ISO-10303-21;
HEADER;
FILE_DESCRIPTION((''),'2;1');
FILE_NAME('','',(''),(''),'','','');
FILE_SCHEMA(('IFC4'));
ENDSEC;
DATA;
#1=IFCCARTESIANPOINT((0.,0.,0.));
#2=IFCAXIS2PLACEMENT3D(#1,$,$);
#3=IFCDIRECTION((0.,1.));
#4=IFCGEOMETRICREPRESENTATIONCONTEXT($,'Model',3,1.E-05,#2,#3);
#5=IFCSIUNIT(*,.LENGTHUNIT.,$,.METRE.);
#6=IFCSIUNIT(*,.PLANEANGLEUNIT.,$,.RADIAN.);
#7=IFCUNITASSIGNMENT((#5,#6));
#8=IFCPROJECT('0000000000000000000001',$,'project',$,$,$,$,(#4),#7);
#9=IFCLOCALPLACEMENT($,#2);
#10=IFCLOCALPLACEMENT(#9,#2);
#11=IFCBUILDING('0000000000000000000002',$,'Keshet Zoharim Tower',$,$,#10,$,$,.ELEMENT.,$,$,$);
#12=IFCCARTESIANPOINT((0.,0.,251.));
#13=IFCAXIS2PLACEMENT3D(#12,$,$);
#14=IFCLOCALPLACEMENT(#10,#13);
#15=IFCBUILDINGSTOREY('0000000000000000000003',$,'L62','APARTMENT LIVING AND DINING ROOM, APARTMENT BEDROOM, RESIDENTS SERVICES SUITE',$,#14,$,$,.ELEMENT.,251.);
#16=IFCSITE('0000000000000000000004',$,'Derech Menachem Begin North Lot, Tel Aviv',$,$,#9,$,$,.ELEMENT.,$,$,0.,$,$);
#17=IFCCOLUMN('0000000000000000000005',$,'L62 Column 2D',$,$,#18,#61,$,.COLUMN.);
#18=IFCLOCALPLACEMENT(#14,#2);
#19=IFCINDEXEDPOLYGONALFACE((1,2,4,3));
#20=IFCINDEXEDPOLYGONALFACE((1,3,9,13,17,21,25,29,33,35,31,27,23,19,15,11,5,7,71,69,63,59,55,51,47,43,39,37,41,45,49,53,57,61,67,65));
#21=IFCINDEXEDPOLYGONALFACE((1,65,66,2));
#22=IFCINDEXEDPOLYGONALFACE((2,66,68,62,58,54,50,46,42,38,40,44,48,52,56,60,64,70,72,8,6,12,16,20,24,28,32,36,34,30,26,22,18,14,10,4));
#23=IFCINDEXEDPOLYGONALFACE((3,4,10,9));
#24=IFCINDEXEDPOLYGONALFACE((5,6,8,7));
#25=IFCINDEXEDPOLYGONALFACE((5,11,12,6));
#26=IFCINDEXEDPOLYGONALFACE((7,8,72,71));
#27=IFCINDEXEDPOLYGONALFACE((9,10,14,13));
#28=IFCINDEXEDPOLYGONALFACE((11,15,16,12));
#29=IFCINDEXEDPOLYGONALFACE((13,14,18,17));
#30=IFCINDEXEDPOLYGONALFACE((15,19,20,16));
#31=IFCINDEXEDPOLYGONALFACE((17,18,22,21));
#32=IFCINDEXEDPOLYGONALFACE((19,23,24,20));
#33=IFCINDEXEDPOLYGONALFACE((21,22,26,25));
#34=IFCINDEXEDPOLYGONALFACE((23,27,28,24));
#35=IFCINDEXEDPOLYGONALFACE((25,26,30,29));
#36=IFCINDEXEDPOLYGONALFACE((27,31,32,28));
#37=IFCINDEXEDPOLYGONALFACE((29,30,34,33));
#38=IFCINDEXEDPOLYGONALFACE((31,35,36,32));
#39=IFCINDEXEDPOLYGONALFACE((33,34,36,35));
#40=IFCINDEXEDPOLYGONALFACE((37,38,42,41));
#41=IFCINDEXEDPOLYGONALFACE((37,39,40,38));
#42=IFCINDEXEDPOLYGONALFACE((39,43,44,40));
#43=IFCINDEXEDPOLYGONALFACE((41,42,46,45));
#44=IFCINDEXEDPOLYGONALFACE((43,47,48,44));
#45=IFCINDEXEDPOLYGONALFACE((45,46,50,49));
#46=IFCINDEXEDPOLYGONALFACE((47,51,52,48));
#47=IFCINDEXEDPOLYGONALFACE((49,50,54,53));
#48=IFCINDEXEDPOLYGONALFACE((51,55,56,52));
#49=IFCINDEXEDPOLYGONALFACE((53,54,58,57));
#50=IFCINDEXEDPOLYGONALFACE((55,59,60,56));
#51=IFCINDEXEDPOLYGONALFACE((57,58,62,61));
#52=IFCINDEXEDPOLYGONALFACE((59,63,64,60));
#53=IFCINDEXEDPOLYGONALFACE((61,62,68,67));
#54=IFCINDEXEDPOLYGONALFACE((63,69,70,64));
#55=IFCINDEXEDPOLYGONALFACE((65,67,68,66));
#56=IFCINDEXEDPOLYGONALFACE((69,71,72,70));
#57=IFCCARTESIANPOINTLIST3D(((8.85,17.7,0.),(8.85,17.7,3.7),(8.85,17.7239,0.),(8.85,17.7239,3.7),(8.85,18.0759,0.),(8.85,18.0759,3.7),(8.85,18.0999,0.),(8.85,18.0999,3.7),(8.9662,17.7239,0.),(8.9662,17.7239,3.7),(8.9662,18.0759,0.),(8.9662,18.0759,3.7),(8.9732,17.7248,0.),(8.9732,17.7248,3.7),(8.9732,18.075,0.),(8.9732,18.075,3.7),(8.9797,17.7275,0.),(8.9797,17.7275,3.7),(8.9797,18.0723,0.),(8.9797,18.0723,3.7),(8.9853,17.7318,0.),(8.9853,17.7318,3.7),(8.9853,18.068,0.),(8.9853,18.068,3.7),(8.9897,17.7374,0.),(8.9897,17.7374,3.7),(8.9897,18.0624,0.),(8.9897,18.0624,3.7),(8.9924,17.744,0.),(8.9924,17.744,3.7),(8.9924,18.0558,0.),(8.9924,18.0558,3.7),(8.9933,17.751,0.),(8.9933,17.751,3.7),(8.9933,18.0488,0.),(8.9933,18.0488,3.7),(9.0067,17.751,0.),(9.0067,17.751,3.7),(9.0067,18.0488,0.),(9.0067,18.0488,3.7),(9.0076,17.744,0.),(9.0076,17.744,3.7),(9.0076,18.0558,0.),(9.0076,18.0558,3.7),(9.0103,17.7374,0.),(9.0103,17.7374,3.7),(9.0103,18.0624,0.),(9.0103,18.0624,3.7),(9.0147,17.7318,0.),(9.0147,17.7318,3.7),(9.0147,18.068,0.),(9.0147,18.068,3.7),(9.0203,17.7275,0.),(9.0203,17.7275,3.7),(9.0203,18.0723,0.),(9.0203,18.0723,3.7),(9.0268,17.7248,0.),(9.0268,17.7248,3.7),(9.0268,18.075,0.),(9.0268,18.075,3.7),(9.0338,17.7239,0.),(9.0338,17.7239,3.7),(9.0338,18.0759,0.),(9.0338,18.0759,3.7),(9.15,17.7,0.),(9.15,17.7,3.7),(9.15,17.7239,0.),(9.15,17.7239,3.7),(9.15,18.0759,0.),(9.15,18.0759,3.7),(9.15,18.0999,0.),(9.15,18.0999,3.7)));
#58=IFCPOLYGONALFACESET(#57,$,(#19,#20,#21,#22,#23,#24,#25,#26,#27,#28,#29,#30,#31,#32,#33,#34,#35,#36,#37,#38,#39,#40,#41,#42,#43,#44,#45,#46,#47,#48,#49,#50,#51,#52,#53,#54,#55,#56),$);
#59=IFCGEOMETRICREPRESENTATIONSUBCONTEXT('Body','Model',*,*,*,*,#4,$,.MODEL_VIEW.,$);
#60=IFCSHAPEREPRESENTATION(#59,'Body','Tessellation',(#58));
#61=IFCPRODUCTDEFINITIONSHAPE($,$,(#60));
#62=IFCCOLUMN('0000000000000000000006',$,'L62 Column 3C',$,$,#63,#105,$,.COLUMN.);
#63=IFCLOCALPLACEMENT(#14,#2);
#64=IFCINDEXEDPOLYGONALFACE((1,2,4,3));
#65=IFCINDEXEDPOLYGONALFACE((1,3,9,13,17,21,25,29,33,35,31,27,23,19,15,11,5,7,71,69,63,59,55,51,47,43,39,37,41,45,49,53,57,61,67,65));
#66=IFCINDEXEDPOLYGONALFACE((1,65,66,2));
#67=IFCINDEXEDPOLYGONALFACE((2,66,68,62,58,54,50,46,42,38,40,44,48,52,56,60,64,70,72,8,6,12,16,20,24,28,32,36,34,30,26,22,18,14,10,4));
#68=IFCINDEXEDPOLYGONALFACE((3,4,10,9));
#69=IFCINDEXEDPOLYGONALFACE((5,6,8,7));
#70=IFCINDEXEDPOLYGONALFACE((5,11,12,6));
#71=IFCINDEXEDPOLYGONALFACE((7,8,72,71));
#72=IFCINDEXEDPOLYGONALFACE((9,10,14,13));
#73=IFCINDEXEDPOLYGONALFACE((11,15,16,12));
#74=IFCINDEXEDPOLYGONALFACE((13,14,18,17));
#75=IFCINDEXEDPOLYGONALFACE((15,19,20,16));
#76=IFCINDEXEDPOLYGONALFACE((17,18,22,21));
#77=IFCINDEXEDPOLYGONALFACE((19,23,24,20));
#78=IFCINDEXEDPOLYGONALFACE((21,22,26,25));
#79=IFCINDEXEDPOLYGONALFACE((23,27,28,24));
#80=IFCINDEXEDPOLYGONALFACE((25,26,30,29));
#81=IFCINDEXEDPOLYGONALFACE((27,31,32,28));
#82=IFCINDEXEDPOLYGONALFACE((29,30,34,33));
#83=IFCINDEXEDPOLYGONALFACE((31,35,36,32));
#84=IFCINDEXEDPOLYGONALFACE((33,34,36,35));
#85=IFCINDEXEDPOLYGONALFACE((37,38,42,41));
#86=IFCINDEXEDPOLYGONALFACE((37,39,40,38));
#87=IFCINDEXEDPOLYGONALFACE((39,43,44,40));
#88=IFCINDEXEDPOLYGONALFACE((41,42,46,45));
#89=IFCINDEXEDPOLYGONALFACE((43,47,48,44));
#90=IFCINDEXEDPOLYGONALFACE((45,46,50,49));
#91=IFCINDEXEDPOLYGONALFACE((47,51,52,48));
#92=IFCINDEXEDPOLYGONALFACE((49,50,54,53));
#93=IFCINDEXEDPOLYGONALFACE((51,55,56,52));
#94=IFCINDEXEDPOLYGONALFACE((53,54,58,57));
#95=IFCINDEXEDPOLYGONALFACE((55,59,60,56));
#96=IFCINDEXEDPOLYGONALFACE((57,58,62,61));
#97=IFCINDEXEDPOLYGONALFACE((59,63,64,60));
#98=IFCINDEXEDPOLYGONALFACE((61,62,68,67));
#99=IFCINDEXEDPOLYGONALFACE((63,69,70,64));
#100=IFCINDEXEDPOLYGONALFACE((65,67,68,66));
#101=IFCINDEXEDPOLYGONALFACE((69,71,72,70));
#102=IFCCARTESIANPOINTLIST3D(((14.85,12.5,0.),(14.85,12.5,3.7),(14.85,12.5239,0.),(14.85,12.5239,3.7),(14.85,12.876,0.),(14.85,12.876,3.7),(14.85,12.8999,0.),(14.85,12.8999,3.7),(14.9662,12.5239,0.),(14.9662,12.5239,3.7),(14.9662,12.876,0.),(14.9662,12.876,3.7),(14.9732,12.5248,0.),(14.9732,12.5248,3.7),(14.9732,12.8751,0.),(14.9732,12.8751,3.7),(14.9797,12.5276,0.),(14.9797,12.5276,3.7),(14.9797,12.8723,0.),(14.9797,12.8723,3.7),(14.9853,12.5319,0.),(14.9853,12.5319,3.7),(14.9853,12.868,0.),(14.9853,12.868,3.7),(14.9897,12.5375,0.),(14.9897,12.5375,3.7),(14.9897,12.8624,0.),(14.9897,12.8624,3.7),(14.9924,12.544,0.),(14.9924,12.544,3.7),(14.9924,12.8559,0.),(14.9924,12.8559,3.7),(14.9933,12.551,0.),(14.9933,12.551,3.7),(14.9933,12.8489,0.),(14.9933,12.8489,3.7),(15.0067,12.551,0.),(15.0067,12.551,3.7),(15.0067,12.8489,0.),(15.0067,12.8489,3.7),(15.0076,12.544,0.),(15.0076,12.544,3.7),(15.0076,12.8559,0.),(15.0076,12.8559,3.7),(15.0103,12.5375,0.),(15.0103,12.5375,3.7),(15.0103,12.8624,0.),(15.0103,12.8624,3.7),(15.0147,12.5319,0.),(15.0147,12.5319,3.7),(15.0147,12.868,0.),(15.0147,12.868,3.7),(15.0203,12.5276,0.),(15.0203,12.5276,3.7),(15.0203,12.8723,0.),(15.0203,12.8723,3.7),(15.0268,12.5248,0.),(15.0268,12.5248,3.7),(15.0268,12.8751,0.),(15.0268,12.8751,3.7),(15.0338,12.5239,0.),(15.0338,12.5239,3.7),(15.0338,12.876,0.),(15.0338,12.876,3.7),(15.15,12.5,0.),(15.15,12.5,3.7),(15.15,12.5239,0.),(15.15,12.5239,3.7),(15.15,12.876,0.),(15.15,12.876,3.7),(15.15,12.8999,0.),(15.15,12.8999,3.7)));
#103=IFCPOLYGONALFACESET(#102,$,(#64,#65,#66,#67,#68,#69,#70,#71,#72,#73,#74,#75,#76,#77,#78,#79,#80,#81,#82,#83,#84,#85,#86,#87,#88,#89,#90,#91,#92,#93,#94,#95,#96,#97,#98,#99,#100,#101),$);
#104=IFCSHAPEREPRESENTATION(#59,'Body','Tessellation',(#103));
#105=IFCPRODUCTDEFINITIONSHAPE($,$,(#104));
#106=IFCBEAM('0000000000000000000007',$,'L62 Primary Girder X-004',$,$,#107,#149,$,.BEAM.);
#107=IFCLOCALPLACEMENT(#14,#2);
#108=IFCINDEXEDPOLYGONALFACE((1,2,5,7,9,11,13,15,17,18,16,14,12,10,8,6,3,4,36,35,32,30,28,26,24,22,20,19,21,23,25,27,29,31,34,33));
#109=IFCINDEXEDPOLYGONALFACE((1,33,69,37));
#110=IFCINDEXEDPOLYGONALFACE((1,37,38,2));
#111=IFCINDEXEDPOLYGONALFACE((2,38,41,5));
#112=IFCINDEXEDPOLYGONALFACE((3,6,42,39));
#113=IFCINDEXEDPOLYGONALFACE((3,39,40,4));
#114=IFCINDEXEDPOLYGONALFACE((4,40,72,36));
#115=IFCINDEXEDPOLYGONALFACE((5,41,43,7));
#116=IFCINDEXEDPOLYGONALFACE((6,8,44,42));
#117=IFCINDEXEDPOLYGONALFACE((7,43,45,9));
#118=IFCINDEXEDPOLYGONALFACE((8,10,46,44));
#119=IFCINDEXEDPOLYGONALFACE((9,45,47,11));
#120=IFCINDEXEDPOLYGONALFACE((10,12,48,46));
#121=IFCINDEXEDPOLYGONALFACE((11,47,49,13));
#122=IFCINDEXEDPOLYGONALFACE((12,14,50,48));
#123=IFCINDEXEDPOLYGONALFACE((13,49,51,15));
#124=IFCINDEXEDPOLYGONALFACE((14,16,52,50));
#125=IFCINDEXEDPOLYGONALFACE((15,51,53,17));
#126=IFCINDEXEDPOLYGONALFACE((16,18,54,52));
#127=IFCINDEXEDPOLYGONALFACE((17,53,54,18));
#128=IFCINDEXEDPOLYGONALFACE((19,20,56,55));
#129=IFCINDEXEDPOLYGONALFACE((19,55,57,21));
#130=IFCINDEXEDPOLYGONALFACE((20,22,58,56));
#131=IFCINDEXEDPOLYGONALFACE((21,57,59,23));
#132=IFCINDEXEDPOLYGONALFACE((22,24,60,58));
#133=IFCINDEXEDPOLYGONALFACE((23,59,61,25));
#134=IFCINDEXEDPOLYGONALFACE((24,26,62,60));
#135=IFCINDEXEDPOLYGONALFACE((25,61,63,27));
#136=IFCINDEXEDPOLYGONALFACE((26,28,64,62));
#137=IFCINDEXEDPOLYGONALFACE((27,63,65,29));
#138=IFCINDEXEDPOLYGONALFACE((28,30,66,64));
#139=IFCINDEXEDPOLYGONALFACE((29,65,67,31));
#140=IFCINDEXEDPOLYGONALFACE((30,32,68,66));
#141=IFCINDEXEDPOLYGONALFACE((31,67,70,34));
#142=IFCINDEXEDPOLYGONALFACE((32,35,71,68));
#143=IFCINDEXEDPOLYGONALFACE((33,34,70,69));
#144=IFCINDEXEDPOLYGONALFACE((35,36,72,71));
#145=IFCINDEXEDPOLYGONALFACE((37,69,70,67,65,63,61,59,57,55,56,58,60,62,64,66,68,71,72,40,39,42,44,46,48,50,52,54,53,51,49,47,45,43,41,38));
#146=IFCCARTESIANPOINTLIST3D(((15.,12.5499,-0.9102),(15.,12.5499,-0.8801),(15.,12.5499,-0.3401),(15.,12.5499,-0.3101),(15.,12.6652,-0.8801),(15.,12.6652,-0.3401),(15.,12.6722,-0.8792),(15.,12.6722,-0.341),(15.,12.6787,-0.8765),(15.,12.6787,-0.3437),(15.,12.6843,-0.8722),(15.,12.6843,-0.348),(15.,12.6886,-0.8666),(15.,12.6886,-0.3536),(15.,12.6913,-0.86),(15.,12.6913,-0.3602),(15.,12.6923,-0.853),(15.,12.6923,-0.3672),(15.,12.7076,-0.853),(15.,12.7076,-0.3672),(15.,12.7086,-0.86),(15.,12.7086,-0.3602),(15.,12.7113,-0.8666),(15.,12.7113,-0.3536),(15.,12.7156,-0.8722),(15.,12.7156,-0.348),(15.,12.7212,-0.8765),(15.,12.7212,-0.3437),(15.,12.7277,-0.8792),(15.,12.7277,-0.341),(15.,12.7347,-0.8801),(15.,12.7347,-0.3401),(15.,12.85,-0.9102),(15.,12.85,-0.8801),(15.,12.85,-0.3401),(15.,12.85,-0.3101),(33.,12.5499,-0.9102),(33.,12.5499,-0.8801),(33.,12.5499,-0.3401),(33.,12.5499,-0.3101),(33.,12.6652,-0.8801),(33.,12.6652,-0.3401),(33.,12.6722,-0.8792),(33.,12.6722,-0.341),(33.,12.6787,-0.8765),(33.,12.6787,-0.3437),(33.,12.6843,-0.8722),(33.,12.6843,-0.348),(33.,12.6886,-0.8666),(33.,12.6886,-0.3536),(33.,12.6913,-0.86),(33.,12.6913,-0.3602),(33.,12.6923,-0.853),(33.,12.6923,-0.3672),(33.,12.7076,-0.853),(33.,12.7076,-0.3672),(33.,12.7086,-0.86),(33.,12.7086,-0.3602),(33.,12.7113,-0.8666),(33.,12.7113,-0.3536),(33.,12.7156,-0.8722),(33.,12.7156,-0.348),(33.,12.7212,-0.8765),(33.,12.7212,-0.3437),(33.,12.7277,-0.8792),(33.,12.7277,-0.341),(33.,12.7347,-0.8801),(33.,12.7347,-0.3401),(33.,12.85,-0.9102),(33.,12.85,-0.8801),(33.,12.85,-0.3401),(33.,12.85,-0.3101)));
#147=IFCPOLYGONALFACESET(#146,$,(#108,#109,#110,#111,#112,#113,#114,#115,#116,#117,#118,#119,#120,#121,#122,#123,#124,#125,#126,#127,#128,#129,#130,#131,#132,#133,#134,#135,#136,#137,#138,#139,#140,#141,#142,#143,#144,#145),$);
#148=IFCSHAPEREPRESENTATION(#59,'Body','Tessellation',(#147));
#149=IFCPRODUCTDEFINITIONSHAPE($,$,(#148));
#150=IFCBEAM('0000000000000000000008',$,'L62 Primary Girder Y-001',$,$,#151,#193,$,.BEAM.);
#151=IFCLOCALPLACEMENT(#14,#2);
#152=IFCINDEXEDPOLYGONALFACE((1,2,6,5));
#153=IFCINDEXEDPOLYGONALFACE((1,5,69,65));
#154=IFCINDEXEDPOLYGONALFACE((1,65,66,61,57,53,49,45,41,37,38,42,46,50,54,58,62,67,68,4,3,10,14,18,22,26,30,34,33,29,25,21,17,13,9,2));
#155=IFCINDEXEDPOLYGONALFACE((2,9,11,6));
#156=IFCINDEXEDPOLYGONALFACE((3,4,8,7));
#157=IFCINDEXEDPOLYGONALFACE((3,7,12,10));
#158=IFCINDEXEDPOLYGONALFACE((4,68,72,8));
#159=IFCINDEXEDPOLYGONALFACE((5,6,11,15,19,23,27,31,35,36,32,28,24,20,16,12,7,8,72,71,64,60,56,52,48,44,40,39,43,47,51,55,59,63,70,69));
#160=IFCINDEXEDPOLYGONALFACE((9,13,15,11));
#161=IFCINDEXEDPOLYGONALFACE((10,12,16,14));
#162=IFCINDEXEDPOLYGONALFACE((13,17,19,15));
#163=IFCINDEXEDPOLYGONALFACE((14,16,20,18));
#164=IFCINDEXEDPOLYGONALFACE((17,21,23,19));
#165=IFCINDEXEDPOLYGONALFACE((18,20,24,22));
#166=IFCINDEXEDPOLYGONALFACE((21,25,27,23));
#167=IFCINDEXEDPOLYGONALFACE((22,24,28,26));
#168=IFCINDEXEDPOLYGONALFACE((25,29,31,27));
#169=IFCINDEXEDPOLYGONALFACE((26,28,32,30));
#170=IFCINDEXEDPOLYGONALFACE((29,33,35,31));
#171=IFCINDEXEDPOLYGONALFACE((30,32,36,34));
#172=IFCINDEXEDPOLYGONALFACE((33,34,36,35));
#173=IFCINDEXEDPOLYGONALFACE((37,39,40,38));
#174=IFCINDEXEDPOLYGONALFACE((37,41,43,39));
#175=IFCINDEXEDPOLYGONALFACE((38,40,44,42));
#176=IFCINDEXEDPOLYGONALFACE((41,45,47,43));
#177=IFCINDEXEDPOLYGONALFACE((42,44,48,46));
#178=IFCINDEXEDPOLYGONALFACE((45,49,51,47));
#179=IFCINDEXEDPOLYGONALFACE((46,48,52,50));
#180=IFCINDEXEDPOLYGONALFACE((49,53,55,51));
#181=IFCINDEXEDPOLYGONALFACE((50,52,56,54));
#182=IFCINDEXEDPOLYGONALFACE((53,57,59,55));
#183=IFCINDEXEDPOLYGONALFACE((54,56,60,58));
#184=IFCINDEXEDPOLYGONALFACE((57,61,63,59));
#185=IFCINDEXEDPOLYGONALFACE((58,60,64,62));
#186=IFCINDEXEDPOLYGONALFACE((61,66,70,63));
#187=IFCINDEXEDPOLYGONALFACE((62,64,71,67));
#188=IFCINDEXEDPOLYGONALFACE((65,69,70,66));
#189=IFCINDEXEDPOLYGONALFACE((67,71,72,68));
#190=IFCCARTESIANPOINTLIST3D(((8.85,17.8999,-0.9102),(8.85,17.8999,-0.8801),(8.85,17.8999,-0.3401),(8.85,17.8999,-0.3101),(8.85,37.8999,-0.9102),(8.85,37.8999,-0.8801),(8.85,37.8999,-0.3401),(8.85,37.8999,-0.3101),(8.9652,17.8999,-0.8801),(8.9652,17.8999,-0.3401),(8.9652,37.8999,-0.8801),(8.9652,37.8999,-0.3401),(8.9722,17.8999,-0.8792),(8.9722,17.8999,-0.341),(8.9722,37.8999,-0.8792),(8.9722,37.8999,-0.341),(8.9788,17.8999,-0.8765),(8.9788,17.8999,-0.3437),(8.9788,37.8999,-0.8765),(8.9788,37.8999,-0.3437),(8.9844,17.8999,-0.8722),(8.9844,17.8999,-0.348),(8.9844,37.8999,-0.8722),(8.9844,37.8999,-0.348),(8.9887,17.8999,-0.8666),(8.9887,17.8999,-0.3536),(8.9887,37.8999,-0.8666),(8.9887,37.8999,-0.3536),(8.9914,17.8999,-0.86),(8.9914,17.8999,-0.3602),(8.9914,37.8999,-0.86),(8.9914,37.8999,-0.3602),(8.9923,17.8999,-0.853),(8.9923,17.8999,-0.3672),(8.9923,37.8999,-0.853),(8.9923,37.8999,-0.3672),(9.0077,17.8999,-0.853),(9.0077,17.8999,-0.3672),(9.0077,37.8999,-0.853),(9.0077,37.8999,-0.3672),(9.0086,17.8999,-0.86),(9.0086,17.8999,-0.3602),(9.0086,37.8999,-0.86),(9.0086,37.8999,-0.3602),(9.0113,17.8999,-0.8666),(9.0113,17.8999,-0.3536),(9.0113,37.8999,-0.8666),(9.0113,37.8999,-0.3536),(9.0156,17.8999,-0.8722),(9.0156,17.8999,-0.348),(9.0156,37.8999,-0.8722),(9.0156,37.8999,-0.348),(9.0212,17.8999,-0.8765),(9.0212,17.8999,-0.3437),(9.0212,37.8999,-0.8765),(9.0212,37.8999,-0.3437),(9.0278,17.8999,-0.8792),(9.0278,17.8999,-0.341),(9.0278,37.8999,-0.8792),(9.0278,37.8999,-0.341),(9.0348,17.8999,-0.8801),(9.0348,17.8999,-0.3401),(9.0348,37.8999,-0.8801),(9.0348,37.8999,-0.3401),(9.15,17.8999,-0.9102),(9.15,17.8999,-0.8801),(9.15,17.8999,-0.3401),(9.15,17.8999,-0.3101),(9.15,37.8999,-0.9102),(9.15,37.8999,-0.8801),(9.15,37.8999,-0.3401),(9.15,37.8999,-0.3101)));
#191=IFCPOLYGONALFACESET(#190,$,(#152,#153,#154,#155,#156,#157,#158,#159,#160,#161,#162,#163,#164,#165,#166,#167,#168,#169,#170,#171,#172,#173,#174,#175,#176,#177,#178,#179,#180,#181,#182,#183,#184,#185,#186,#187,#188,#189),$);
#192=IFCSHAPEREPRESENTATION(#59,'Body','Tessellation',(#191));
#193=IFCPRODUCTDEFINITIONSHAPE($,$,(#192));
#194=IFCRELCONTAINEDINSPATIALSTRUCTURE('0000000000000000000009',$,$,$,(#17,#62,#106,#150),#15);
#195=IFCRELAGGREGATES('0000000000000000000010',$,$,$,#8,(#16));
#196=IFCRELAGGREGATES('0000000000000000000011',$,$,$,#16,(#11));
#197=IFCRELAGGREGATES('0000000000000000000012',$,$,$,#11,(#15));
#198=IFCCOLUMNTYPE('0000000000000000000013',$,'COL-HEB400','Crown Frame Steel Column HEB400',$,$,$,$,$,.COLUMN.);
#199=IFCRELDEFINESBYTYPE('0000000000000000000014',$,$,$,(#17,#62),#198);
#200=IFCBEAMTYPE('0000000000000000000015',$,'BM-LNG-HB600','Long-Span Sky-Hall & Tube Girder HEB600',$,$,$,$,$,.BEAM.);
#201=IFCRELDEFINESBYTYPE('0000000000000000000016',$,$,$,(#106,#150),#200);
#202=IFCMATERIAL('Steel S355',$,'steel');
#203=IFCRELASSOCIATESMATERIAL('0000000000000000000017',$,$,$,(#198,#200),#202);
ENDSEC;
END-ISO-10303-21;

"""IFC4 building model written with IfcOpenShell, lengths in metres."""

from ifc_helpers import new_model, si_unit, direction, frame, origin, origin_2d, place, context, subcontext, project, spatial, i_section, extrude, material, material_profile, profile_set, type_object, element, save


model = new_model("IFC4")

# Units and contexts
model_context = context("Model", 3, precision=1e-05, world=origin(), true_north=direction((0.0, 1.0)))
body_context = subcontext(model_context, "Body", "Model", "MODEL_VIEW")
ifc_project = project(units=[si_unit("LENGTHUNIT", "METRE"), si_unit("PLANEANGLEUNIT", "RADIAN")], contexts=[model_context])

# Site, building, storey
site_placement = place(None, origin())
site = spatial("IfcSite", under=ifc_project, at=site_placement, Name="Derech Menachem Begin North Lot, Tel Aviv", CompositionType="ELEMENT", RefElevation=0.0)
building_placement = place(site_placement, origin())
building = spatial("IfcBuilding", under=site, at=building_placement, Name="Keshet Zoharim Tower", CompositionType="ELEMENT")
storey_placement = place(building_placement, frame((0.0, 0.0, 251.0)))
storey = spatial("IfcBuildingStorey", under=building, at=storey_placement, Name="L62", Description="APARTMENT LIVING AND DINING ROOM, APARTMENT BEDROOM, RESIDENTS SERVICES SUITE", CompositionType="ELEMENT", Elevation=251.0)

# Columns
ifc_material_1 = material(Name="Steel S355", Category="steel")
ifc_material_profile_1 = material_profile(ifc_material_1, i_section(OverallWidth=0.3, OverallDepth=0.3999, WebThickness=0.0134, FlangeThickness=0.0239, FilletRadius=0.0271, at=origin_2d()), Name="HEB400")
ifc_profile_set_1 = profile_set([ifc_material_profile_1], Name="Steel S355")
column_type = type_object("IfcColumnType", Name="COL-HEB400", Description="Crown Frame Steel Column HEB400", PredefinedType="COLUMN", material=ifc_profile_set_1)
for number, where, z_axis, x_axis, name in (
    (1, (9.0, 17.8999, 0.0), (0.0, 0.0, 1.0), (1.0, 0.0, 0.0), "L62 Column 2D"),
    (2, (15.0, 12.7, 0.0), (0.0, 0.0, 1.0), (1.0, 0.0, 0.0), "L62 Column 3C"),
):
    element("IfcColumn", number, at=place(storey_placement, frame(where, z_axis=z_axis, x_axis=x_axis)), inside=storey, type_object=column_type, Name=name, PredefinedType="COLUMN", context=body_context, shape_type="SweptSolid", body=[
        extrude(i_section(OverallWidth=0.3, OverallDepth=0.3999, WebThickness=0.0134, FlangeThickness=0.0239, FilletRadius=0.0271, at=origin_2d()), origin(), (0.0, 0.0, 1.0), 3.7),
    ])

# Beams
ifc_material_profile_2 = material_profile(ifc_material_1, i_section(OverallWidth=0.3, OverallDepth=0.6001, WebThickness=0.0154, FlangeThickness=0.03, FilletRadius=0.0271, at=origin_2d()), Name="HEB600")
ifc_profile_set_2 = profile_set([ifc_material_profile_2], Name="Steel S355")
beam_type_1 = type_object("IfcBeamType", Name="BM-LNG-HB600", Description="Long-Span Sky-Hall & Tube Girder HEB600", PredefinedType="BEAM", material=ifc_profile_set_2)
beam_1_placement = place(storey_placement, frame((15.0, 12.7, -0.6101), z_axis=(1.0, 0.0, 0.0), x_axis=(0.0, 1.0, 0.0)))
element("IfcBeam", 3, at=beam_1_placement, inside=storey, type_object=beam_type_1, Name="L62 Primary Girder X-004", PredefinedType="BEAM", context=body_context, shape_type="SweptSolid", body=[
    extrude(i_section(OverallWidth=0.3, OverallDepth=0.6001, WebThickness=0.0154, FlangeThickness=0.03, FilletRadius=0.0271, at=origin_2d()), origin(), (0.0, 0.0, 1.0), 18.0),
])
beam_2_placement = place(storey_placement, frame((9.0, 17.8999, -0.6101), z_axis=(0.0, 1.0, 0.0), x_axis=(-1.0, 0.0, 0.0)))
element("IfcBeam", 4, at=beam_2_placement, inside=storey, type_object=beam_type_1, Name="L62 Primary Girder Y-001", PredefinedType="BEAM", context=body_context, shape_type="SweptSolid", body=[
    extrude(i_section(OverallWidth=0.3, OverallDepth=0.6001, WebThickness=0.0154, FlangeThickness=0.03, FilletRadius=0.0271, at=origin_2d()), origin(), (0.0, 0.0, 1.0), 20.0),
])

save(model, "model.ifc")
